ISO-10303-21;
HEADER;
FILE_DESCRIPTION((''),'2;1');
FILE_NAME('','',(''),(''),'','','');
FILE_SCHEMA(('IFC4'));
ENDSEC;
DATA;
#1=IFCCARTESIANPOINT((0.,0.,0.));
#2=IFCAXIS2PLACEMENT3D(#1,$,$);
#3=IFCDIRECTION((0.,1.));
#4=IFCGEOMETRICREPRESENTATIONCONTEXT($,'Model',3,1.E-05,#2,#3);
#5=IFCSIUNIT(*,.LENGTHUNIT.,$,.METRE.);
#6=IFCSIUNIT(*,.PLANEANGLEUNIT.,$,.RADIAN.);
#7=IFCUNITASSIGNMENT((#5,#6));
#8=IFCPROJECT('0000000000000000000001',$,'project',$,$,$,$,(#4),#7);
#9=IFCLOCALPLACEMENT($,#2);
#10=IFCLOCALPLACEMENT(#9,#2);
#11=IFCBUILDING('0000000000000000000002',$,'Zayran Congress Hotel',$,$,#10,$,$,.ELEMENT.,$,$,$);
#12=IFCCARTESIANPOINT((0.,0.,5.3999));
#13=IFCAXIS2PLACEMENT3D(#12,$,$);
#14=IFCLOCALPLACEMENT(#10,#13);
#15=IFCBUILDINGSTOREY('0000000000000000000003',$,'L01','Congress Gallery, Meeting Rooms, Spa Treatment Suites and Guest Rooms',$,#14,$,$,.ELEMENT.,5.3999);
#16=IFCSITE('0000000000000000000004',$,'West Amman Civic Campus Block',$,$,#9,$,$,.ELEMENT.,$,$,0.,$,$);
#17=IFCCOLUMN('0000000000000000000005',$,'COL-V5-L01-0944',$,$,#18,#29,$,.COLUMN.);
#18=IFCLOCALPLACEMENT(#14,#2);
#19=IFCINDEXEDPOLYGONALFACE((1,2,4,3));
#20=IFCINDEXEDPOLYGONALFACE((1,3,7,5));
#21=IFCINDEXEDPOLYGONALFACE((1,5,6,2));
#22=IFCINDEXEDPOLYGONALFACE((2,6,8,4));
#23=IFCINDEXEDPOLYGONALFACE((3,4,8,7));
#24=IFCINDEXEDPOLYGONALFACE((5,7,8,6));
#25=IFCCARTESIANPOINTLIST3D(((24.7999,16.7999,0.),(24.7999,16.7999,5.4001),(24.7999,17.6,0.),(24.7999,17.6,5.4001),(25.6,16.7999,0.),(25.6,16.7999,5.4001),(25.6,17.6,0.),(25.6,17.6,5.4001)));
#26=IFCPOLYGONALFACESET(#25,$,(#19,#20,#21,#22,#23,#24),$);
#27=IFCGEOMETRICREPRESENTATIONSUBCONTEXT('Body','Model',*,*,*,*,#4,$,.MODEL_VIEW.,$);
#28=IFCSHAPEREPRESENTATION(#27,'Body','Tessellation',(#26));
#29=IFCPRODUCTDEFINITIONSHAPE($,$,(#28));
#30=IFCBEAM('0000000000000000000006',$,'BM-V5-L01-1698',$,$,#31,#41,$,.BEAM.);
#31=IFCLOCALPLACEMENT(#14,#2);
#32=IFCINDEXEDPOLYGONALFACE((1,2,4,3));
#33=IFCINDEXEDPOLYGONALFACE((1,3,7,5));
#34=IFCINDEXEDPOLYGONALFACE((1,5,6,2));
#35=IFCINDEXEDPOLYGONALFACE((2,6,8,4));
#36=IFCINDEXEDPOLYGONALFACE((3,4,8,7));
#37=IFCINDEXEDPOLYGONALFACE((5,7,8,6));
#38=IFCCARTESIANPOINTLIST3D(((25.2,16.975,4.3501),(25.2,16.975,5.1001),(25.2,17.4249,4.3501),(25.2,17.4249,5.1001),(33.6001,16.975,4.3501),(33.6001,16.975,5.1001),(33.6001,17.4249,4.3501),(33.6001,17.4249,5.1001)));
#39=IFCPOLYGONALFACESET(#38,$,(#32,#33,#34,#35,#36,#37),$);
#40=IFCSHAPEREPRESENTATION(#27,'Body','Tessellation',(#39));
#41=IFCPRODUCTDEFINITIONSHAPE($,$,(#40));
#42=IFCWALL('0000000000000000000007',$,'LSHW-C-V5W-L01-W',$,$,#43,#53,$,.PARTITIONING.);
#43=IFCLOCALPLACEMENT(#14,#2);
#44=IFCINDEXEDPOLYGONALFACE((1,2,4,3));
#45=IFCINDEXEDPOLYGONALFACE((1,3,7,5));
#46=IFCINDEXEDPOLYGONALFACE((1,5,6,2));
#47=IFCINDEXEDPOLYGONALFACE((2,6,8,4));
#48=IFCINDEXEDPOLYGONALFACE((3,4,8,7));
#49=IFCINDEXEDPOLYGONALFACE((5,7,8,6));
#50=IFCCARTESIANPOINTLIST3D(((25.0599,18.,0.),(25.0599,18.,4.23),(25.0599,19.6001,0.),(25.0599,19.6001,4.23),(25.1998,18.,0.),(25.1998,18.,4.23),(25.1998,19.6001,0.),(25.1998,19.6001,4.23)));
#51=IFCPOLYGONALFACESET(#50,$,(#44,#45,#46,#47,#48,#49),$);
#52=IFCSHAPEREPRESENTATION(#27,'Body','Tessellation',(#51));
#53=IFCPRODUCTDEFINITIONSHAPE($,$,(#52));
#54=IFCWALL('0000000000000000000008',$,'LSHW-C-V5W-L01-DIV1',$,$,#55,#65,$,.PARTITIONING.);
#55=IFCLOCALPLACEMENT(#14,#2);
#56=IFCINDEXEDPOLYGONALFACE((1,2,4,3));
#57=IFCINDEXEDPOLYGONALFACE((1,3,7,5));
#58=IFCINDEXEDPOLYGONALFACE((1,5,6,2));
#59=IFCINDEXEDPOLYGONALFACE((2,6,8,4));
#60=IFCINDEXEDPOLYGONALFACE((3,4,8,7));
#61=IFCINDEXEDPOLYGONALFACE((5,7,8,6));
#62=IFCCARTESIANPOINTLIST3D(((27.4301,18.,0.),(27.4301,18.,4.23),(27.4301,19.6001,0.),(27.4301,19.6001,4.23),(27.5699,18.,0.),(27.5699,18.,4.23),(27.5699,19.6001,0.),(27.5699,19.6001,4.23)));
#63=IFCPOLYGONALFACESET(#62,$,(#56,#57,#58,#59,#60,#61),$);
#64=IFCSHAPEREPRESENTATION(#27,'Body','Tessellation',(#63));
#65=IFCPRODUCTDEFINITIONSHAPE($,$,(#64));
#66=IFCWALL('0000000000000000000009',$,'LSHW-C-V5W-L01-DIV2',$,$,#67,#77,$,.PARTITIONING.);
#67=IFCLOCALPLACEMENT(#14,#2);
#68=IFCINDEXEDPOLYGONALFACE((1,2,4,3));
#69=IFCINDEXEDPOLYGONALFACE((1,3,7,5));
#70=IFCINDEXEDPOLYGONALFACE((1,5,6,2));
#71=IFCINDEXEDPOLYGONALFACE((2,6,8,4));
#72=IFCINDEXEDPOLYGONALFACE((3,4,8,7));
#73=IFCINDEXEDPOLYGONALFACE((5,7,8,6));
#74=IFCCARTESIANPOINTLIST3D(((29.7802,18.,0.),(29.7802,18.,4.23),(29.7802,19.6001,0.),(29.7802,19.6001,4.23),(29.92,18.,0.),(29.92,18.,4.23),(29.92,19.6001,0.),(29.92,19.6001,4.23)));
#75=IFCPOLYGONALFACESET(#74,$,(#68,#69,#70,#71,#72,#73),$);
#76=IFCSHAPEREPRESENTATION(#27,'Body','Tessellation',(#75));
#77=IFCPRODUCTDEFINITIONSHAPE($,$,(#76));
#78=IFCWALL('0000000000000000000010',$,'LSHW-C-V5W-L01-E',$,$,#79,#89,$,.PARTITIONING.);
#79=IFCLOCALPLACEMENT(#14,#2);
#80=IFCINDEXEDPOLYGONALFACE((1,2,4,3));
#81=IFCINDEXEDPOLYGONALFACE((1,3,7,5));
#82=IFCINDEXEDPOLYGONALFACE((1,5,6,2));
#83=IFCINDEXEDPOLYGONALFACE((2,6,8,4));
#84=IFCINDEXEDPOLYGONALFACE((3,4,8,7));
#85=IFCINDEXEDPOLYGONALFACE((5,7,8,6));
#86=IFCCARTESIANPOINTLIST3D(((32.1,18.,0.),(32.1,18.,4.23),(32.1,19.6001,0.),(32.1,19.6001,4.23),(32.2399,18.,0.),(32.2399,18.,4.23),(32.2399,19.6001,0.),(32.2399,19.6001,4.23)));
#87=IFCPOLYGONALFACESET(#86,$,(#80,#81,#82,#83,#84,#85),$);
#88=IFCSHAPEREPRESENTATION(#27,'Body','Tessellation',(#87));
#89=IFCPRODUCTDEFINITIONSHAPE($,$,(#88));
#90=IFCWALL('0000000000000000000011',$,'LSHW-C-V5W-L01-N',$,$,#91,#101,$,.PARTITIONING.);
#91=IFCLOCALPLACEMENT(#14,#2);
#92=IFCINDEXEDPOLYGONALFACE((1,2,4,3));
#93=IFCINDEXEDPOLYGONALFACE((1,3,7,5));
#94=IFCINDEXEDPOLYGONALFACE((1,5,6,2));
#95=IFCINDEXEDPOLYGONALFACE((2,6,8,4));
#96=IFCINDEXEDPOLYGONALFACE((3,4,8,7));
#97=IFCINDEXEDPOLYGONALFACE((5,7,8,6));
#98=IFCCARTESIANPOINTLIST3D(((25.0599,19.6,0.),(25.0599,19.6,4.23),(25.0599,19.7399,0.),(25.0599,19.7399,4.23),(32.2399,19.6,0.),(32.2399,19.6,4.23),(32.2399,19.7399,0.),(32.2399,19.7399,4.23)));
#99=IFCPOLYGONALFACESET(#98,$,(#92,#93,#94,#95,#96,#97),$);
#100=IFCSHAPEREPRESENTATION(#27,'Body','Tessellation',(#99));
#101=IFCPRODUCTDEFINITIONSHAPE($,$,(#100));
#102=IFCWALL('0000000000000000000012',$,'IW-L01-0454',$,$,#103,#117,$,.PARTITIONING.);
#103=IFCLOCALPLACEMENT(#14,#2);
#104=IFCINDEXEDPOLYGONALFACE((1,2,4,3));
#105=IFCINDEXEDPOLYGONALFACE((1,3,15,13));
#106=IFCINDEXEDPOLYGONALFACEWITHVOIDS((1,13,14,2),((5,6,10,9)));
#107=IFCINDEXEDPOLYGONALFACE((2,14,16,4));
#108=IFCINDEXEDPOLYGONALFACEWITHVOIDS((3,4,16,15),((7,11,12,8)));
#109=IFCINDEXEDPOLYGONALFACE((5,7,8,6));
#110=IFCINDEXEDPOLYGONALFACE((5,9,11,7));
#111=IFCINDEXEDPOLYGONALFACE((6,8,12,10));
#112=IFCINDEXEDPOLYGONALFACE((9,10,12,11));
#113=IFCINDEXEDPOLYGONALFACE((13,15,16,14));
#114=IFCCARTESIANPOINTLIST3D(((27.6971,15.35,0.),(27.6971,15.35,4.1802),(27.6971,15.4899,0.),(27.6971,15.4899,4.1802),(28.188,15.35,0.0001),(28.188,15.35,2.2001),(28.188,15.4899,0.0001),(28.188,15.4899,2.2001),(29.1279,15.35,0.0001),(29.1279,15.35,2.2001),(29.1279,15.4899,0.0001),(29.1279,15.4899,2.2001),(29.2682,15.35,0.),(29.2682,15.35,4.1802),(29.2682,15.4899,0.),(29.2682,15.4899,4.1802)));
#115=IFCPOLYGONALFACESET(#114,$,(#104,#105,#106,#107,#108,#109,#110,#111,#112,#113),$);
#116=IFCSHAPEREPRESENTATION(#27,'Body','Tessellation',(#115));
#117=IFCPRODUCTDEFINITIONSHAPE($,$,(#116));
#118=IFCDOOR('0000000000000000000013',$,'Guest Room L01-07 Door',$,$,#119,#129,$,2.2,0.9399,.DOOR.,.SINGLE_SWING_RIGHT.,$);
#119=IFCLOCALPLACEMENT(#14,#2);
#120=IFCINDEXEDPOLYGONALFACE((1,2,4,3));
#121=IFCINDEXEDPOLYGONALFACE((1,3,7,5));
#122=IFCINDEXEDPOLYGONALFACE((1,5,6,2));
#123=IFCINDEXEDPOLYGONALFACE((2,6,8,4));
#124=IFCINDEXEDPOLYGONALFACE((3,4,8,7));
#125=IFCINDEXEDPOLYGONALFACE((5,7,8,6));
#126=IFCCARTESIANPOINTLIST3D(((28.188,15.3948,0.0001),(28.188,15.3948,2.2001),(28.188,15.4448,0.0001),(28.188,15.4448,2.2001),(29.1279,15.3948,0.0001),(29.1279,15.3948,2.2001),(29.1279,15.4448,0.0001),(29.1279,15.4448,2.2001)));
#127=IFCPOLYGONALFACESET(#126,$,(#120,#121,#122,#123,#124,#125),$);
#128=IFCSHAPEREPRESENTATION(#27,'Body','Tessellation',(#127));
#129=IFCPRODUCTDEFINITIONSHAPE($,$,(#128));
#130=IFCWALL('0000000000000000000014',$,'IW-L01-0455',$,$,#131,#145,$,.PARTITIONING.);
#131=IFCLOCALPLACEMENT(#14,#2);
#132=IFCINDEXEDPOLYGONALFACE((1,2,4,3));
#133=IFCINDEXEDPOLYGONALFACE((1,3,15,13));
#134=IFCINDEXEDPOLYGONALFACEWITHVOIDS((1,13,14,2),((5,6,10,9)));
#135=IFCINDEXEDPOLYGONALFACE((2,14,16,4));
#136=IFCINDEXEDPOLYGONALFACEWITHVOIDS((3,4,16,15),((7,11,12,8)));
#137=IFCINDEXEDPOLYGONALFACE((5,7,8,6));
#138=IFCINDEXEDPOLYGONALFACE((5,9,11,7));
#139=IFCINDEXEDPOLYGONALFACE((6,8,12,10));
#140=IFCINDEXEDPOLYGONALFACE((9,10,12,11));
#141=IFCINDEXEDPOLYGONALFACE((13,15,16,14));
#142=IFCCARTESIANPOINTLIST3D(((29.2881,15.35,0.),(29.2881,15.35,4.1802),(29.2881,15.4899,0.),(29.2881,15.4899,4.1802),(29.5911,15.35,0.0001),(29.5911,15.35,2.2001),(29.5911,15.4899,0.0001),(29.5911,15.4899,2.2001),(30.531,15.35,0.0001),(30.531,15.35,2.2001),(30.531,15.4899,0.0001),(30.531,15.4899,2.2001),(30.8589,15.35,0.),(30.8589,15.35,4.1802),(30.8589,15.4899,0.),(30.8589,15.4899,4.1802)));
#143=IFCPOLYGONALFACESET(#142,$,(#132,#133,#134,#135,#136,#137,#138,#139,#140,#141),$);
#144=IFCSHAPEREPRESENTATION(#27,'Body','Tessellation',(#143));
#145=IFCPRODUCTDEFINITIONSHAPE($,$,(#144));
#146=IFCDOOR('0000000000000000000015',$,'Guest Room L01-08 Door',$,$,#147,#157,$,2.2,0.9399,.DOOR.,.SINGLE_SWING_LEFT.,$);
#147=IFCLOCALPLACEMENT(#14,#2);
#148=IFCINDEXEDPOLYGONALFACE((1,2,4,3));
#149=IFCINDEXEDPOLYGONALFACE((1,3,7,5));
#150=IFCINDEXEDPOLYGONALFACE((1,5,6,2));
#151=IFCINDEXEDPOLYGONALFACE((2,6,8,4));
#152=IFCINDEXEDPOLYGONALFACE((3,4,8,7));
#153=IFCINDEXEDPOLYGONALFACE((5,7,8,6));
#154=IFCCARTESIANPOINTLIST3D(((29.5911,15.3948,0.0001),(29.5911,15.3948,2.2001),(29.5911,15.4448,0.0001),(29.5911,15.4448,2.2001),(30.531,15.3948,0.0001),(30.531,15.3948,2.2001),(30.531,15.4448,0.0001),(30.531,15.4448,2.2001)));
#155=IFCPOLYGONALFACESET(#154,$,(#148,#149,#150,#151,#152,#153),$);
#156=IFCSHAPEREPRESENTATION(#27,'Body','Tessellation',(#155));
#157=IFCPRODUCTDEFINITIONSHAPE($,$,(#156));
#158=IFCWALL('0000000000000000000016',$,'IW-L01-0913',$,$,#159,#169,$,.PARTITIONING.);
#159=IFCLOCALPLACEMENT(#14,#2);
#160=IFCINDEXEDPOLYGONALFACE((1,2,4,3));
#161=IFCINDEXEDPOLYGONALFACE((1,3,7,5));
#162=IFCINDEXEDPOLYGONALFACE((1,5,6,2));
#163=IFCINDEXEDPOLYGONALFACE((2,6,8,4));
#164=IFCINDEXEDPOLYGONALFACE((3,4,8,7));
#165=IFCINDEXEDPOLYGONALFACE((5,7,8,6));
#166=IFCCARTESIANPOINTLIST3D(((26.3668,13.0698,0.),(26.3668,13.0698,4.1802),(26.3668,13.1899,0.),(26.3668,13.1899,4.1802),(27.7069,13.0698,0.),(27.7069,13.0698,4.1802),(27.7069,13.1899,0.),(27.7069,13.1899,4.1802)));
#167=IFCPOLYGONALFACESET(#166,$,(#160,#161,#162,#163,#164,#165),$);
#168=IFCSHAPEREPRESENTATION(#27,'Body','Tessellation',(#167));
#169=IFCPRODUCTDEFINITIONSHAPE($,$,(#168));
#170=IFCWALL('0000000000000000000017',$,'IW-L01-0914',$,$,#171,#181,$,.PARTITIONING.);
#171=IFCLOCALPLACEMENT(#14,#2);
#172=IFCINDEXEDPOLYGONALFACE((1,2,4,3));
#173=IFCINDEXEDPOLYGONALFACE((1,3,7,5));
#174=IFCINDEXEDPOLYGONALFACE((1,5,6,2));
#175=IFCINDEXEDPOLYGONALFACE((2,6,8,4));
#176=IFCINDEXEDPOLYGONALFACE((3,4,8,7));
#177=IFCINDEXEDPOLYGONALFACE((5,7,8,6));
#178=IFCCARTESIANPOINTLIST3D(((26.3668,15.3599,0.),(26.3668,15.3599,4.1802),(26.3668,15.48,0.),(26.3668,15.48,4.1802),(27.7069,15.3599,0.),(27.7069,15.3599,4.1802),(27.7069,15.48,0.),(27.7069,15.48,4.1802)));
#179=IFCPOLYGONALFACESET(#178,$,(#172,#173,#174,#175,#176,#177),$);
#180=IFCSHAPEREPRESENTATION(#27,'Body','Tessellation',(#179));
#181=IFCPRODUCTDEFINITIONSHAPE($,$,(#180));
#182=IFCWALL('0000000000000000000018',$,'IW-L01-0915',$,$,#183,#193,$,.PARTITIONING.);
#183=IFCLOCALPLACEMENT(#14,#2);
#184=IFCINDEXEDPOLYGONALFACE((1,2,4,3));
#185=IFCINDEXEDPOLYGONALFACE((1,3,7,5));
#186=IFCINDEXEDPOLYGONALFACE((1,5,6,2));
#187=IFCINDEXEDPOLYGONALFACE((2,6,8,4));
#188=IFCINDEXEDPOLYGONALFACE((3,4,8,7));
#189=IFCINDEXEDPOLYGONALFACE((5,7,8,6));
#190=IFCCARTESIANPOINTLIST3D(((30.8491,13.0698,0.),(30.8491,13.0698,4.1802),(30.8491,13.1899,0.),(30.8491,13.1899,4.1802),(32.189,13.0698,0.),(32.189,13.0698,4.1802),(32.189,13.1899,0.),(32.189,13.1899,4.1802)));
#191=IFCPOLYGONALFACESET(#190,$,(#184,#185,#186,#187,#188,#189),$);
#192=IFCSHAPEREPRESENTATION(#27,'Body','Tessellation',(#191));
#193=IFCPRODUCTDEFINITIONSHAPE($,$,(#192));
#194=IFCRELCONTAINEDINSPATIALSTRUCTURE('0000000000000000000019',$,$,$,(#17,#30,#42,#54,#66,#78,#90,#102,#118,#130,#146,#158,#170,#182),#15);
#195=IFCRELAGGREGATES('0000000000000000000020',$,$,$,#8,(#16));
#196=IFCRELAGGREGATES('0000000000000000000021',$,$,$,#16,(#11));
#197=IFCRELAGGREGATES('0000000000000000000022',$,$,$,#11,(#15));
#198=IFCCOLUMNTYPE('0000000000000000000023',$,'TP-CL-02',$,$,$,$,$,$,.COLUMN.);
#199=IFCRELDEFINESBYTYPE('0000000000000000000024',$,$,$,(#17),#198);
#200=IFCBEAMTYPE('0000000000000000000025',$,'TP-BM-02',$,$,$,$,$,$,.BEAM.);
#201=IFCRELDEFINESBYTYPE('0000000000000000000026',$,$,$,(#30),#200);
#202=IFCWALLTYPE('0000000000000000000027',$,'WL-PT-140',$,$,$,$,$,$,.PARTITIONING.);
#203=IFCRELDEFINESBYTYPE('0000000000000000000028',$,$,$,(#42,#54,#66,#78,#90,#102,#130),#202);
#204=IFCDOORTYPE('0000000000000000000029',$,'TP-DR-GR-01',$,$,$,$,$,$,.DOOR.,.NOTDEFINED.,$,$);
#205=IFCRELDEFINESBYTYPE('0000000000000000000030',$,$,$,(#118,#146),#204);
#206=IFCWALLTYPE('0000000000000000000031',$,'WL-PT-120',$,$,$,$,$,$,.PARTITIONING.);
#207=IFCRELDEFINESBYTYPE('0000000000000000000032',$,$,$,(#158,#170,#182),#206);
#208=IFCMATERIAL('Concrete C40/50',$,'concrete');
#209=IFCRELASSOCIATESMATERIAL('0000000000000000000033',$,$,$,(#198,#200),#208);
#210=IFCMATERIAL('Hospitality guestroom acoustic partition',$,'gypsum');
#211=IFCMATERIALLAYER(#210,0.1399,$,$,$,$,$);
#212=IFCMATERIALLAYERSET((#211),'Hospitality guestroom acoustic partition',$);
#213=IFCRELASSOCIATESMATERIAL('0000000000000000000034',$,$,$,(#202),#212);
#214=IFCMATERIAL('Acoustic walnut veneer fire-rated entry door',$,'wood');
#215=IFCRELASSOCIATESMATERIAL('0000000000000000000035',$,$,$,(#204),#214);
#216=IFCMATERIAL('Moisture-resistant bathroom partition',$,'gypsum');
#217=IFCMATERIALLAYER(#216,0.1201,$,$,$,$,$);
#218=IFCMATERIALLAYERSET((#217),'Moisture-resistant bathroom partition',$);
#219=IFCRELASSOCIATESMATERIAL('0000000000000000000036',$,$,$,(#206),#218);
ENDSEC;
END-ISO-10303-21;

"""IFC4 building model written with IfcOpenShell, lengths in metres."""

from ifc_helpers import new_model, si_unit, direction, frame, frame_2d, origin, origin_2d, place, context, subcontext, project, spatial, rectangle, extrude, material, layer, layer_set, material_profile, profile_set, type_object, element, fill, save


model = new_model("IFC4")

# Units and contexts
model_context = context("Model", 3, precision=1e-05, world=origin(), true_north=direction((0.0, 1.0)))
body_context = subcontext(model_context, "Body", "Model", "MODEL_VIEW")
ifc_project = project(units=[si_unit("LENGTHUNIT", "METRE"), si_unit("PLANEANGLEUNIT", "RADIAN")], contexts=[model_context])

# Site, building, storey
site_placement = place(None, origin())
site = spatial("IfcSite", under=ifc_project, at=site_placement, Name="West Amman Civic Campus Block", CompositionType="ELEMENT", RefElevation=0.0)
building_placement = place(site_placement, origin())
building = spatial("IfcBuilding", under=site, at=building_placement, Name="Zayran Congress Hotel", CompositionType="ELEMENT")
storey_placement = place(building_placement, frame((0.0, 0.0, 5.3999)))
storey = spatial("IfcBuildingStorey", under=building, at=storey_placement, Name="L01", Description="Congress Gallery, Meeting Rooms, Spa Treatment Suites and Guest Rooms", CompositionType="ELEMENT", Elevation=5.3999)

# Column
ifc_material_1 = material(Name="Concrete C40/50", Category="concrete")
ifc_material_profile_1 = material_profile(ifc_material_1, rectangle(XDim=0.8, YDim=0.8, at=origin_2d()), Name="RC 800x800")
ifc_profile_set_1 = profile_set([ifc_material_profile_1], Name="Concrete C40/50")
column_type = type_object("IfcColumnType", Name="TP-CL-02", PredefinedType="COLUMN", material=ifc_profile_set_1)
column_placement = place(storey_placement, frame((25.2, 17.2, 0.0), z_axis=(0.0, 0.0, 1.0), x_axis=(1.0, 0.0, 0.0)))
element("IfcColumn", 1, at=column_placement, inside=storey, type_object=column_type, Name="COL-V5-L01-0944", PredefinedType="COLUMN", context=body_context, shape_type="SweptSolid", body=[
    extrude(rectangle(XDim=0.8, YDim=0.8, at=origin_2d()), origin(), (0.0, 0.0, 1.0), 5.4001),
])

# Beam
ifc_material_profile_2 = material_profile(ifc_material_1, rectangle(XDim=0.45, YDim=0.75, at=origin_2d()), Name="RC 450x750")
ifc_profile_set_2 = profile_set([ifc_material_profile_2], Name="Concrete C40/50")
beam_type = type_object("IfcBeamType", Name="TP-BM-02", PredefinedType="BEAM", material=ifc_profile_set_2)
beam_placement = place(storey_placement, frame((25.2, 17.2, 4.7251), z_axis=(1.0, 0.0, 0.0), x_axis=(0.0, 1.0, 0.0)))
element("IfcBeam", 2, at=beam_placement, inside=storey, type_object=beam_type, Name="BM-V5-L01-1698", PredefinedType="BEAM", context=body_context, shape_type="SweptSolid", body=[
    extrude(rectangle(XDim=0.45, YDim=0.75, at=origin_2d()), origin(), (0.0, 0.0, 1.0), 8.4001),
])

# Walls
ifc_material_2 = material(Name="Hospitality guestroom acoustic partition", Category="gypsum")
ifc_layer_1 = layer(ifc_material_2, 0.1399)
ifc_layer_set_1 = layer_set([ifc_layer_1], Name="Hospitality guestroom acoustic partition")
wall_type_1 = type_object("IfcWallType", Name="WL-PT-140", PredefinedType="PARTITIONING", material=ifc_layer_set_1)
for number, where, z_axis, x_axis, name in (
    (3, (25.1299, 18.0, 0.0), (0.0, 0.0, 1.0), (0.0, 1.0, 0.0), "LSHW-C-V5W-L01-W"),
    (4, (27.5, 18.0, 0.0), (0.0, 0.0, 1.0), (0.0, 1.0, 0.0), "LSHW-C-V5W-L01-DIV1"),
    (5, (29.8501, 18.0, 0.0), (0.0, 0.0, 1.0), (0.0, 1.0, 0.0), "LSHW-C-V5W-L01-DIV2"),
    (6, (32.1699, 18.0, 0.0), (0.0, 0.0, 1.0), (0.0, 1.0, 0.0), "LSHW-C-V5W-L01-E"),
):
    element("IfcWall", number, at=place(storey_placement, frame(where, z_axis=z_axis, x_axis=x_axis)), inside=storey, type_object=wall_type_1, Name=name, PredefinedType="PARTITIONING", context=body_context, shape_type="SweptSolid", body=[
        extrude(rectangle(XDim=1.6001, YDim=0.1399, at=frame_2d((0.8, 0.0))), origin(), (0.0, 0.0, 1.0), 4.23),
    ])
wall_1_placement = place(storey_placement, frame((25.0601, 19.6699, 0.0), z_axis=(0.0, 0.0, 1.0), x_axis=(1.0, 0.0, 0.0)))
element("IfcWall", 7, at=wall_1_placement, inside=storey, type_object=wall_type_1, Name="LSHW-C-V5W-L01-N", PredefinedType="PARTITIONING", context=body_context, shape_type="SweptSolid", body=[
    extrude(rectangle(XDim=7.1799, YDim=0.1399, at=frame_2d((3.5898, 0.0))), origin(), (0.0, 0.0, 1.0), 4.23),
])

# Walls, openings, doors
wall_2_placement = place(storey_placement, frame((27.697, 15.4199, 0.0), z_axis=(0.0, 0.0, 1.0), x_axis=(1.0, 0.0, 0.0)))
wall_2 = element("IfcWall", 8, at=wall_2_placement, inside=storey, type_object=wall_type_1, Name="IW-L01-0454", PredefinedType="PARTITIONING", context=body_context, shape_type="SweptSolid", body=[
    extrude(rectangle(XDim=1.571, YDim=0.1399, at=frame_2d((0.7856, 0.0))), origin(), (0.0, 0.0, 1.0), 4.1802),
])
opening_1_placement = place(wall_2_placement, frame((0.491, 0.0, 0.0)))
opening_1 = element("IfcOpeningElement", 9, at=opening_1_placement, cuts=wall_2, PredefinedType="OPENING", context=body_context, shape_type="SweptSolid", body=[
    extrude(rectangle(XDim=0.9399, YDim=2.2, at=frame_2d((0.47, 1.1001))), frame((0.0, 0.0798, 0.0), z_axis=(0.0, -1.0, 0.0), x_axis=(1.0, 0.0, 0.0)), (0.0, 0.0, 1.0), 0.1599),
])
ifc_material_3 = material(Name="Acoustic walnut veneer fire-rated entry door", Category="wood")
door_type = type_object("IfcDoorType", Name="TP-DR-GR-01", OperationType="NOTDEFINED", PredefinedType="DOOR", material=ifc_material_3)
door_1_placement = place(opening_1_placement, origin())
door_1 = element("IfcDoor", 10, at=door_1_placement, inside=storey, type_object=door_type, Name="Guest Room L01-07 Door", OperationType="SINGLE_SWING_RIGHT", OverallHeight=2.2, OverallWidth=0.9399, PredefinedType="DOOR", context=body_context, shape_type="SweptSolid", body=[
    extrude(rectangle(XDim=0.9399, YDim=2.2, at=frame_2d((0.47, 1.1001))), frame((0.0, 0.0249, 0.0), z_axis=(0.0, -1.0, 0.0), x_axis=(1.0, 0.0, 0.0)), (0.0, 0.0, 1.0), 0.05),
])
fill(opening_1, door_1)
wall_3_placement = place(storey_placement, frame((29.2881, 15.4199, 0.0), z_axis=(0.0, 0.0, 1.0), x_axis=(1.0, 0.0, 0.0)))
wall_3 = element("IfcWall", 11, at=wall_3_placement, inside=storey, type_object=wall_type_1, Name="IW-L01-0455", PredefinedType="PARTITIONING", context=body_context, shape_type="SweptSolid", body=[
    extrude(rectangle(XDim=1.5708, YDim=0.1399, at=frame_2d((0.7854, 0.0))), origin(), (0.0, 0.0, 1.0), 4.1802),
])
opening_2_placement = place(wall_3_placement, frame((0.303, 0.0, 0.0)))
opening_2 = element("IfcOpeningElement", 12, at=opening_2_placement, cuts=wall_3, PredefinedType="OPENING", context=body_context, shape_type="SweptSolid", body=[
    extrude(rectangle(XDim=0.9399, YDim=2.2, at=frame_2d((0.47, 1.1001))), frame((0.0, 0.0798, 0.0), z_axis=(0.0, -1.0, 0.0), x_axis=(1.0, 0.0, 0.0)), (0.0, 0.0, 1.0), 0.1599),
])
door_2_placement = place(opening_2_placement, origin())
door_2 = element("IfcDoor", 13, at=door_2_placement, inside=storey, type_object=door_type, Name="Guest Room L01-08 Door", OperationType="SINGLE_SWING_LEFT", OverallHeight=2.2, OverallWidth=0.9399, PredefinedType="DOOR", context=body_context, shape_type="SweptSolid", body=[
    extrude(rectangle(XDim=0.9399, YDim=2.2, at=frame_2d((0.47, 1.1001))), frame((0.0, 0.0249, 0.0), z_axis=(0.0, -1.0, 0.0), x_axis=(1.0, 0.0, 0.0)), (0.0, 0.0, 1.0), 0.05),
])
fill(opening_2, door_2)

# Walls
ifc_material_4 = material(Name="Moisture-resistant bathroom partition", Category="gypsum")
ifc_layer_2 = layer(ifc_material_4, 0.1201)
ifc_layer_set_2 = layer_set([ifc_layer_2], Name="Moisture-resistant bathroom partition")
wall_type_2 = type_object("IfcWallType", Name="WL-PT-120", PredefinedType="PARTITIONING", material=ifc_layer_set_2)
for number, where, z_axis, x_axis, name in (
    (14, (26.3669, 13.1299, 0.0), (0.0, 0.0, 1.0), (1.0, 0.0, 0.0), "IW-L01-0913"),
    (15, (26.3669, 15.4199, 0.0), (0.0, 0.0, 1.0), (1.0, 0.0, 0.0), "IW-L01-0914"),
):
    element("IfcWall", number, at=place(storey_placement, frame(where, z_axis=z_axis, x_axis=x_axis)), inside=storey, type_object=wall_type_2, Name=name, PredefinedType="PARTITIONING", context=body_context, shape_type="SweptSolid", body=[
        extrude(rectangle(XDim=1.3401, YDim=0.1201, at=frame_2d((0.6699, 0.0))), origin(), (0.0, 0.0, 1.0), 4.1802),
    ])
for number, where, z_axis, x_axis, name in (
    (16, (30.8491, 13.1299, 0.0), (0.0, 0.0, 1.0), (1.0, 0.0, 0.0), "IW-L01-0915"),
):
    element("IfcWall", number, at=place(storey_placement, frame(where, z_axis=z_axis, x_axis=x_axis)), inside=storey, type_object=wall_type_2, Name=name, PredefinedType="PARTITIONING", context=body_context, shape_type="SweptSolid", body=[
        extrude(rectangle(XDim=1.3398, YDim=0.1201, at=frame_2d((0.6699, 0.0))), origin(), (0.0, 0.0, 1.0), 4.1802),
    ])

save(model, "model.ifc")
